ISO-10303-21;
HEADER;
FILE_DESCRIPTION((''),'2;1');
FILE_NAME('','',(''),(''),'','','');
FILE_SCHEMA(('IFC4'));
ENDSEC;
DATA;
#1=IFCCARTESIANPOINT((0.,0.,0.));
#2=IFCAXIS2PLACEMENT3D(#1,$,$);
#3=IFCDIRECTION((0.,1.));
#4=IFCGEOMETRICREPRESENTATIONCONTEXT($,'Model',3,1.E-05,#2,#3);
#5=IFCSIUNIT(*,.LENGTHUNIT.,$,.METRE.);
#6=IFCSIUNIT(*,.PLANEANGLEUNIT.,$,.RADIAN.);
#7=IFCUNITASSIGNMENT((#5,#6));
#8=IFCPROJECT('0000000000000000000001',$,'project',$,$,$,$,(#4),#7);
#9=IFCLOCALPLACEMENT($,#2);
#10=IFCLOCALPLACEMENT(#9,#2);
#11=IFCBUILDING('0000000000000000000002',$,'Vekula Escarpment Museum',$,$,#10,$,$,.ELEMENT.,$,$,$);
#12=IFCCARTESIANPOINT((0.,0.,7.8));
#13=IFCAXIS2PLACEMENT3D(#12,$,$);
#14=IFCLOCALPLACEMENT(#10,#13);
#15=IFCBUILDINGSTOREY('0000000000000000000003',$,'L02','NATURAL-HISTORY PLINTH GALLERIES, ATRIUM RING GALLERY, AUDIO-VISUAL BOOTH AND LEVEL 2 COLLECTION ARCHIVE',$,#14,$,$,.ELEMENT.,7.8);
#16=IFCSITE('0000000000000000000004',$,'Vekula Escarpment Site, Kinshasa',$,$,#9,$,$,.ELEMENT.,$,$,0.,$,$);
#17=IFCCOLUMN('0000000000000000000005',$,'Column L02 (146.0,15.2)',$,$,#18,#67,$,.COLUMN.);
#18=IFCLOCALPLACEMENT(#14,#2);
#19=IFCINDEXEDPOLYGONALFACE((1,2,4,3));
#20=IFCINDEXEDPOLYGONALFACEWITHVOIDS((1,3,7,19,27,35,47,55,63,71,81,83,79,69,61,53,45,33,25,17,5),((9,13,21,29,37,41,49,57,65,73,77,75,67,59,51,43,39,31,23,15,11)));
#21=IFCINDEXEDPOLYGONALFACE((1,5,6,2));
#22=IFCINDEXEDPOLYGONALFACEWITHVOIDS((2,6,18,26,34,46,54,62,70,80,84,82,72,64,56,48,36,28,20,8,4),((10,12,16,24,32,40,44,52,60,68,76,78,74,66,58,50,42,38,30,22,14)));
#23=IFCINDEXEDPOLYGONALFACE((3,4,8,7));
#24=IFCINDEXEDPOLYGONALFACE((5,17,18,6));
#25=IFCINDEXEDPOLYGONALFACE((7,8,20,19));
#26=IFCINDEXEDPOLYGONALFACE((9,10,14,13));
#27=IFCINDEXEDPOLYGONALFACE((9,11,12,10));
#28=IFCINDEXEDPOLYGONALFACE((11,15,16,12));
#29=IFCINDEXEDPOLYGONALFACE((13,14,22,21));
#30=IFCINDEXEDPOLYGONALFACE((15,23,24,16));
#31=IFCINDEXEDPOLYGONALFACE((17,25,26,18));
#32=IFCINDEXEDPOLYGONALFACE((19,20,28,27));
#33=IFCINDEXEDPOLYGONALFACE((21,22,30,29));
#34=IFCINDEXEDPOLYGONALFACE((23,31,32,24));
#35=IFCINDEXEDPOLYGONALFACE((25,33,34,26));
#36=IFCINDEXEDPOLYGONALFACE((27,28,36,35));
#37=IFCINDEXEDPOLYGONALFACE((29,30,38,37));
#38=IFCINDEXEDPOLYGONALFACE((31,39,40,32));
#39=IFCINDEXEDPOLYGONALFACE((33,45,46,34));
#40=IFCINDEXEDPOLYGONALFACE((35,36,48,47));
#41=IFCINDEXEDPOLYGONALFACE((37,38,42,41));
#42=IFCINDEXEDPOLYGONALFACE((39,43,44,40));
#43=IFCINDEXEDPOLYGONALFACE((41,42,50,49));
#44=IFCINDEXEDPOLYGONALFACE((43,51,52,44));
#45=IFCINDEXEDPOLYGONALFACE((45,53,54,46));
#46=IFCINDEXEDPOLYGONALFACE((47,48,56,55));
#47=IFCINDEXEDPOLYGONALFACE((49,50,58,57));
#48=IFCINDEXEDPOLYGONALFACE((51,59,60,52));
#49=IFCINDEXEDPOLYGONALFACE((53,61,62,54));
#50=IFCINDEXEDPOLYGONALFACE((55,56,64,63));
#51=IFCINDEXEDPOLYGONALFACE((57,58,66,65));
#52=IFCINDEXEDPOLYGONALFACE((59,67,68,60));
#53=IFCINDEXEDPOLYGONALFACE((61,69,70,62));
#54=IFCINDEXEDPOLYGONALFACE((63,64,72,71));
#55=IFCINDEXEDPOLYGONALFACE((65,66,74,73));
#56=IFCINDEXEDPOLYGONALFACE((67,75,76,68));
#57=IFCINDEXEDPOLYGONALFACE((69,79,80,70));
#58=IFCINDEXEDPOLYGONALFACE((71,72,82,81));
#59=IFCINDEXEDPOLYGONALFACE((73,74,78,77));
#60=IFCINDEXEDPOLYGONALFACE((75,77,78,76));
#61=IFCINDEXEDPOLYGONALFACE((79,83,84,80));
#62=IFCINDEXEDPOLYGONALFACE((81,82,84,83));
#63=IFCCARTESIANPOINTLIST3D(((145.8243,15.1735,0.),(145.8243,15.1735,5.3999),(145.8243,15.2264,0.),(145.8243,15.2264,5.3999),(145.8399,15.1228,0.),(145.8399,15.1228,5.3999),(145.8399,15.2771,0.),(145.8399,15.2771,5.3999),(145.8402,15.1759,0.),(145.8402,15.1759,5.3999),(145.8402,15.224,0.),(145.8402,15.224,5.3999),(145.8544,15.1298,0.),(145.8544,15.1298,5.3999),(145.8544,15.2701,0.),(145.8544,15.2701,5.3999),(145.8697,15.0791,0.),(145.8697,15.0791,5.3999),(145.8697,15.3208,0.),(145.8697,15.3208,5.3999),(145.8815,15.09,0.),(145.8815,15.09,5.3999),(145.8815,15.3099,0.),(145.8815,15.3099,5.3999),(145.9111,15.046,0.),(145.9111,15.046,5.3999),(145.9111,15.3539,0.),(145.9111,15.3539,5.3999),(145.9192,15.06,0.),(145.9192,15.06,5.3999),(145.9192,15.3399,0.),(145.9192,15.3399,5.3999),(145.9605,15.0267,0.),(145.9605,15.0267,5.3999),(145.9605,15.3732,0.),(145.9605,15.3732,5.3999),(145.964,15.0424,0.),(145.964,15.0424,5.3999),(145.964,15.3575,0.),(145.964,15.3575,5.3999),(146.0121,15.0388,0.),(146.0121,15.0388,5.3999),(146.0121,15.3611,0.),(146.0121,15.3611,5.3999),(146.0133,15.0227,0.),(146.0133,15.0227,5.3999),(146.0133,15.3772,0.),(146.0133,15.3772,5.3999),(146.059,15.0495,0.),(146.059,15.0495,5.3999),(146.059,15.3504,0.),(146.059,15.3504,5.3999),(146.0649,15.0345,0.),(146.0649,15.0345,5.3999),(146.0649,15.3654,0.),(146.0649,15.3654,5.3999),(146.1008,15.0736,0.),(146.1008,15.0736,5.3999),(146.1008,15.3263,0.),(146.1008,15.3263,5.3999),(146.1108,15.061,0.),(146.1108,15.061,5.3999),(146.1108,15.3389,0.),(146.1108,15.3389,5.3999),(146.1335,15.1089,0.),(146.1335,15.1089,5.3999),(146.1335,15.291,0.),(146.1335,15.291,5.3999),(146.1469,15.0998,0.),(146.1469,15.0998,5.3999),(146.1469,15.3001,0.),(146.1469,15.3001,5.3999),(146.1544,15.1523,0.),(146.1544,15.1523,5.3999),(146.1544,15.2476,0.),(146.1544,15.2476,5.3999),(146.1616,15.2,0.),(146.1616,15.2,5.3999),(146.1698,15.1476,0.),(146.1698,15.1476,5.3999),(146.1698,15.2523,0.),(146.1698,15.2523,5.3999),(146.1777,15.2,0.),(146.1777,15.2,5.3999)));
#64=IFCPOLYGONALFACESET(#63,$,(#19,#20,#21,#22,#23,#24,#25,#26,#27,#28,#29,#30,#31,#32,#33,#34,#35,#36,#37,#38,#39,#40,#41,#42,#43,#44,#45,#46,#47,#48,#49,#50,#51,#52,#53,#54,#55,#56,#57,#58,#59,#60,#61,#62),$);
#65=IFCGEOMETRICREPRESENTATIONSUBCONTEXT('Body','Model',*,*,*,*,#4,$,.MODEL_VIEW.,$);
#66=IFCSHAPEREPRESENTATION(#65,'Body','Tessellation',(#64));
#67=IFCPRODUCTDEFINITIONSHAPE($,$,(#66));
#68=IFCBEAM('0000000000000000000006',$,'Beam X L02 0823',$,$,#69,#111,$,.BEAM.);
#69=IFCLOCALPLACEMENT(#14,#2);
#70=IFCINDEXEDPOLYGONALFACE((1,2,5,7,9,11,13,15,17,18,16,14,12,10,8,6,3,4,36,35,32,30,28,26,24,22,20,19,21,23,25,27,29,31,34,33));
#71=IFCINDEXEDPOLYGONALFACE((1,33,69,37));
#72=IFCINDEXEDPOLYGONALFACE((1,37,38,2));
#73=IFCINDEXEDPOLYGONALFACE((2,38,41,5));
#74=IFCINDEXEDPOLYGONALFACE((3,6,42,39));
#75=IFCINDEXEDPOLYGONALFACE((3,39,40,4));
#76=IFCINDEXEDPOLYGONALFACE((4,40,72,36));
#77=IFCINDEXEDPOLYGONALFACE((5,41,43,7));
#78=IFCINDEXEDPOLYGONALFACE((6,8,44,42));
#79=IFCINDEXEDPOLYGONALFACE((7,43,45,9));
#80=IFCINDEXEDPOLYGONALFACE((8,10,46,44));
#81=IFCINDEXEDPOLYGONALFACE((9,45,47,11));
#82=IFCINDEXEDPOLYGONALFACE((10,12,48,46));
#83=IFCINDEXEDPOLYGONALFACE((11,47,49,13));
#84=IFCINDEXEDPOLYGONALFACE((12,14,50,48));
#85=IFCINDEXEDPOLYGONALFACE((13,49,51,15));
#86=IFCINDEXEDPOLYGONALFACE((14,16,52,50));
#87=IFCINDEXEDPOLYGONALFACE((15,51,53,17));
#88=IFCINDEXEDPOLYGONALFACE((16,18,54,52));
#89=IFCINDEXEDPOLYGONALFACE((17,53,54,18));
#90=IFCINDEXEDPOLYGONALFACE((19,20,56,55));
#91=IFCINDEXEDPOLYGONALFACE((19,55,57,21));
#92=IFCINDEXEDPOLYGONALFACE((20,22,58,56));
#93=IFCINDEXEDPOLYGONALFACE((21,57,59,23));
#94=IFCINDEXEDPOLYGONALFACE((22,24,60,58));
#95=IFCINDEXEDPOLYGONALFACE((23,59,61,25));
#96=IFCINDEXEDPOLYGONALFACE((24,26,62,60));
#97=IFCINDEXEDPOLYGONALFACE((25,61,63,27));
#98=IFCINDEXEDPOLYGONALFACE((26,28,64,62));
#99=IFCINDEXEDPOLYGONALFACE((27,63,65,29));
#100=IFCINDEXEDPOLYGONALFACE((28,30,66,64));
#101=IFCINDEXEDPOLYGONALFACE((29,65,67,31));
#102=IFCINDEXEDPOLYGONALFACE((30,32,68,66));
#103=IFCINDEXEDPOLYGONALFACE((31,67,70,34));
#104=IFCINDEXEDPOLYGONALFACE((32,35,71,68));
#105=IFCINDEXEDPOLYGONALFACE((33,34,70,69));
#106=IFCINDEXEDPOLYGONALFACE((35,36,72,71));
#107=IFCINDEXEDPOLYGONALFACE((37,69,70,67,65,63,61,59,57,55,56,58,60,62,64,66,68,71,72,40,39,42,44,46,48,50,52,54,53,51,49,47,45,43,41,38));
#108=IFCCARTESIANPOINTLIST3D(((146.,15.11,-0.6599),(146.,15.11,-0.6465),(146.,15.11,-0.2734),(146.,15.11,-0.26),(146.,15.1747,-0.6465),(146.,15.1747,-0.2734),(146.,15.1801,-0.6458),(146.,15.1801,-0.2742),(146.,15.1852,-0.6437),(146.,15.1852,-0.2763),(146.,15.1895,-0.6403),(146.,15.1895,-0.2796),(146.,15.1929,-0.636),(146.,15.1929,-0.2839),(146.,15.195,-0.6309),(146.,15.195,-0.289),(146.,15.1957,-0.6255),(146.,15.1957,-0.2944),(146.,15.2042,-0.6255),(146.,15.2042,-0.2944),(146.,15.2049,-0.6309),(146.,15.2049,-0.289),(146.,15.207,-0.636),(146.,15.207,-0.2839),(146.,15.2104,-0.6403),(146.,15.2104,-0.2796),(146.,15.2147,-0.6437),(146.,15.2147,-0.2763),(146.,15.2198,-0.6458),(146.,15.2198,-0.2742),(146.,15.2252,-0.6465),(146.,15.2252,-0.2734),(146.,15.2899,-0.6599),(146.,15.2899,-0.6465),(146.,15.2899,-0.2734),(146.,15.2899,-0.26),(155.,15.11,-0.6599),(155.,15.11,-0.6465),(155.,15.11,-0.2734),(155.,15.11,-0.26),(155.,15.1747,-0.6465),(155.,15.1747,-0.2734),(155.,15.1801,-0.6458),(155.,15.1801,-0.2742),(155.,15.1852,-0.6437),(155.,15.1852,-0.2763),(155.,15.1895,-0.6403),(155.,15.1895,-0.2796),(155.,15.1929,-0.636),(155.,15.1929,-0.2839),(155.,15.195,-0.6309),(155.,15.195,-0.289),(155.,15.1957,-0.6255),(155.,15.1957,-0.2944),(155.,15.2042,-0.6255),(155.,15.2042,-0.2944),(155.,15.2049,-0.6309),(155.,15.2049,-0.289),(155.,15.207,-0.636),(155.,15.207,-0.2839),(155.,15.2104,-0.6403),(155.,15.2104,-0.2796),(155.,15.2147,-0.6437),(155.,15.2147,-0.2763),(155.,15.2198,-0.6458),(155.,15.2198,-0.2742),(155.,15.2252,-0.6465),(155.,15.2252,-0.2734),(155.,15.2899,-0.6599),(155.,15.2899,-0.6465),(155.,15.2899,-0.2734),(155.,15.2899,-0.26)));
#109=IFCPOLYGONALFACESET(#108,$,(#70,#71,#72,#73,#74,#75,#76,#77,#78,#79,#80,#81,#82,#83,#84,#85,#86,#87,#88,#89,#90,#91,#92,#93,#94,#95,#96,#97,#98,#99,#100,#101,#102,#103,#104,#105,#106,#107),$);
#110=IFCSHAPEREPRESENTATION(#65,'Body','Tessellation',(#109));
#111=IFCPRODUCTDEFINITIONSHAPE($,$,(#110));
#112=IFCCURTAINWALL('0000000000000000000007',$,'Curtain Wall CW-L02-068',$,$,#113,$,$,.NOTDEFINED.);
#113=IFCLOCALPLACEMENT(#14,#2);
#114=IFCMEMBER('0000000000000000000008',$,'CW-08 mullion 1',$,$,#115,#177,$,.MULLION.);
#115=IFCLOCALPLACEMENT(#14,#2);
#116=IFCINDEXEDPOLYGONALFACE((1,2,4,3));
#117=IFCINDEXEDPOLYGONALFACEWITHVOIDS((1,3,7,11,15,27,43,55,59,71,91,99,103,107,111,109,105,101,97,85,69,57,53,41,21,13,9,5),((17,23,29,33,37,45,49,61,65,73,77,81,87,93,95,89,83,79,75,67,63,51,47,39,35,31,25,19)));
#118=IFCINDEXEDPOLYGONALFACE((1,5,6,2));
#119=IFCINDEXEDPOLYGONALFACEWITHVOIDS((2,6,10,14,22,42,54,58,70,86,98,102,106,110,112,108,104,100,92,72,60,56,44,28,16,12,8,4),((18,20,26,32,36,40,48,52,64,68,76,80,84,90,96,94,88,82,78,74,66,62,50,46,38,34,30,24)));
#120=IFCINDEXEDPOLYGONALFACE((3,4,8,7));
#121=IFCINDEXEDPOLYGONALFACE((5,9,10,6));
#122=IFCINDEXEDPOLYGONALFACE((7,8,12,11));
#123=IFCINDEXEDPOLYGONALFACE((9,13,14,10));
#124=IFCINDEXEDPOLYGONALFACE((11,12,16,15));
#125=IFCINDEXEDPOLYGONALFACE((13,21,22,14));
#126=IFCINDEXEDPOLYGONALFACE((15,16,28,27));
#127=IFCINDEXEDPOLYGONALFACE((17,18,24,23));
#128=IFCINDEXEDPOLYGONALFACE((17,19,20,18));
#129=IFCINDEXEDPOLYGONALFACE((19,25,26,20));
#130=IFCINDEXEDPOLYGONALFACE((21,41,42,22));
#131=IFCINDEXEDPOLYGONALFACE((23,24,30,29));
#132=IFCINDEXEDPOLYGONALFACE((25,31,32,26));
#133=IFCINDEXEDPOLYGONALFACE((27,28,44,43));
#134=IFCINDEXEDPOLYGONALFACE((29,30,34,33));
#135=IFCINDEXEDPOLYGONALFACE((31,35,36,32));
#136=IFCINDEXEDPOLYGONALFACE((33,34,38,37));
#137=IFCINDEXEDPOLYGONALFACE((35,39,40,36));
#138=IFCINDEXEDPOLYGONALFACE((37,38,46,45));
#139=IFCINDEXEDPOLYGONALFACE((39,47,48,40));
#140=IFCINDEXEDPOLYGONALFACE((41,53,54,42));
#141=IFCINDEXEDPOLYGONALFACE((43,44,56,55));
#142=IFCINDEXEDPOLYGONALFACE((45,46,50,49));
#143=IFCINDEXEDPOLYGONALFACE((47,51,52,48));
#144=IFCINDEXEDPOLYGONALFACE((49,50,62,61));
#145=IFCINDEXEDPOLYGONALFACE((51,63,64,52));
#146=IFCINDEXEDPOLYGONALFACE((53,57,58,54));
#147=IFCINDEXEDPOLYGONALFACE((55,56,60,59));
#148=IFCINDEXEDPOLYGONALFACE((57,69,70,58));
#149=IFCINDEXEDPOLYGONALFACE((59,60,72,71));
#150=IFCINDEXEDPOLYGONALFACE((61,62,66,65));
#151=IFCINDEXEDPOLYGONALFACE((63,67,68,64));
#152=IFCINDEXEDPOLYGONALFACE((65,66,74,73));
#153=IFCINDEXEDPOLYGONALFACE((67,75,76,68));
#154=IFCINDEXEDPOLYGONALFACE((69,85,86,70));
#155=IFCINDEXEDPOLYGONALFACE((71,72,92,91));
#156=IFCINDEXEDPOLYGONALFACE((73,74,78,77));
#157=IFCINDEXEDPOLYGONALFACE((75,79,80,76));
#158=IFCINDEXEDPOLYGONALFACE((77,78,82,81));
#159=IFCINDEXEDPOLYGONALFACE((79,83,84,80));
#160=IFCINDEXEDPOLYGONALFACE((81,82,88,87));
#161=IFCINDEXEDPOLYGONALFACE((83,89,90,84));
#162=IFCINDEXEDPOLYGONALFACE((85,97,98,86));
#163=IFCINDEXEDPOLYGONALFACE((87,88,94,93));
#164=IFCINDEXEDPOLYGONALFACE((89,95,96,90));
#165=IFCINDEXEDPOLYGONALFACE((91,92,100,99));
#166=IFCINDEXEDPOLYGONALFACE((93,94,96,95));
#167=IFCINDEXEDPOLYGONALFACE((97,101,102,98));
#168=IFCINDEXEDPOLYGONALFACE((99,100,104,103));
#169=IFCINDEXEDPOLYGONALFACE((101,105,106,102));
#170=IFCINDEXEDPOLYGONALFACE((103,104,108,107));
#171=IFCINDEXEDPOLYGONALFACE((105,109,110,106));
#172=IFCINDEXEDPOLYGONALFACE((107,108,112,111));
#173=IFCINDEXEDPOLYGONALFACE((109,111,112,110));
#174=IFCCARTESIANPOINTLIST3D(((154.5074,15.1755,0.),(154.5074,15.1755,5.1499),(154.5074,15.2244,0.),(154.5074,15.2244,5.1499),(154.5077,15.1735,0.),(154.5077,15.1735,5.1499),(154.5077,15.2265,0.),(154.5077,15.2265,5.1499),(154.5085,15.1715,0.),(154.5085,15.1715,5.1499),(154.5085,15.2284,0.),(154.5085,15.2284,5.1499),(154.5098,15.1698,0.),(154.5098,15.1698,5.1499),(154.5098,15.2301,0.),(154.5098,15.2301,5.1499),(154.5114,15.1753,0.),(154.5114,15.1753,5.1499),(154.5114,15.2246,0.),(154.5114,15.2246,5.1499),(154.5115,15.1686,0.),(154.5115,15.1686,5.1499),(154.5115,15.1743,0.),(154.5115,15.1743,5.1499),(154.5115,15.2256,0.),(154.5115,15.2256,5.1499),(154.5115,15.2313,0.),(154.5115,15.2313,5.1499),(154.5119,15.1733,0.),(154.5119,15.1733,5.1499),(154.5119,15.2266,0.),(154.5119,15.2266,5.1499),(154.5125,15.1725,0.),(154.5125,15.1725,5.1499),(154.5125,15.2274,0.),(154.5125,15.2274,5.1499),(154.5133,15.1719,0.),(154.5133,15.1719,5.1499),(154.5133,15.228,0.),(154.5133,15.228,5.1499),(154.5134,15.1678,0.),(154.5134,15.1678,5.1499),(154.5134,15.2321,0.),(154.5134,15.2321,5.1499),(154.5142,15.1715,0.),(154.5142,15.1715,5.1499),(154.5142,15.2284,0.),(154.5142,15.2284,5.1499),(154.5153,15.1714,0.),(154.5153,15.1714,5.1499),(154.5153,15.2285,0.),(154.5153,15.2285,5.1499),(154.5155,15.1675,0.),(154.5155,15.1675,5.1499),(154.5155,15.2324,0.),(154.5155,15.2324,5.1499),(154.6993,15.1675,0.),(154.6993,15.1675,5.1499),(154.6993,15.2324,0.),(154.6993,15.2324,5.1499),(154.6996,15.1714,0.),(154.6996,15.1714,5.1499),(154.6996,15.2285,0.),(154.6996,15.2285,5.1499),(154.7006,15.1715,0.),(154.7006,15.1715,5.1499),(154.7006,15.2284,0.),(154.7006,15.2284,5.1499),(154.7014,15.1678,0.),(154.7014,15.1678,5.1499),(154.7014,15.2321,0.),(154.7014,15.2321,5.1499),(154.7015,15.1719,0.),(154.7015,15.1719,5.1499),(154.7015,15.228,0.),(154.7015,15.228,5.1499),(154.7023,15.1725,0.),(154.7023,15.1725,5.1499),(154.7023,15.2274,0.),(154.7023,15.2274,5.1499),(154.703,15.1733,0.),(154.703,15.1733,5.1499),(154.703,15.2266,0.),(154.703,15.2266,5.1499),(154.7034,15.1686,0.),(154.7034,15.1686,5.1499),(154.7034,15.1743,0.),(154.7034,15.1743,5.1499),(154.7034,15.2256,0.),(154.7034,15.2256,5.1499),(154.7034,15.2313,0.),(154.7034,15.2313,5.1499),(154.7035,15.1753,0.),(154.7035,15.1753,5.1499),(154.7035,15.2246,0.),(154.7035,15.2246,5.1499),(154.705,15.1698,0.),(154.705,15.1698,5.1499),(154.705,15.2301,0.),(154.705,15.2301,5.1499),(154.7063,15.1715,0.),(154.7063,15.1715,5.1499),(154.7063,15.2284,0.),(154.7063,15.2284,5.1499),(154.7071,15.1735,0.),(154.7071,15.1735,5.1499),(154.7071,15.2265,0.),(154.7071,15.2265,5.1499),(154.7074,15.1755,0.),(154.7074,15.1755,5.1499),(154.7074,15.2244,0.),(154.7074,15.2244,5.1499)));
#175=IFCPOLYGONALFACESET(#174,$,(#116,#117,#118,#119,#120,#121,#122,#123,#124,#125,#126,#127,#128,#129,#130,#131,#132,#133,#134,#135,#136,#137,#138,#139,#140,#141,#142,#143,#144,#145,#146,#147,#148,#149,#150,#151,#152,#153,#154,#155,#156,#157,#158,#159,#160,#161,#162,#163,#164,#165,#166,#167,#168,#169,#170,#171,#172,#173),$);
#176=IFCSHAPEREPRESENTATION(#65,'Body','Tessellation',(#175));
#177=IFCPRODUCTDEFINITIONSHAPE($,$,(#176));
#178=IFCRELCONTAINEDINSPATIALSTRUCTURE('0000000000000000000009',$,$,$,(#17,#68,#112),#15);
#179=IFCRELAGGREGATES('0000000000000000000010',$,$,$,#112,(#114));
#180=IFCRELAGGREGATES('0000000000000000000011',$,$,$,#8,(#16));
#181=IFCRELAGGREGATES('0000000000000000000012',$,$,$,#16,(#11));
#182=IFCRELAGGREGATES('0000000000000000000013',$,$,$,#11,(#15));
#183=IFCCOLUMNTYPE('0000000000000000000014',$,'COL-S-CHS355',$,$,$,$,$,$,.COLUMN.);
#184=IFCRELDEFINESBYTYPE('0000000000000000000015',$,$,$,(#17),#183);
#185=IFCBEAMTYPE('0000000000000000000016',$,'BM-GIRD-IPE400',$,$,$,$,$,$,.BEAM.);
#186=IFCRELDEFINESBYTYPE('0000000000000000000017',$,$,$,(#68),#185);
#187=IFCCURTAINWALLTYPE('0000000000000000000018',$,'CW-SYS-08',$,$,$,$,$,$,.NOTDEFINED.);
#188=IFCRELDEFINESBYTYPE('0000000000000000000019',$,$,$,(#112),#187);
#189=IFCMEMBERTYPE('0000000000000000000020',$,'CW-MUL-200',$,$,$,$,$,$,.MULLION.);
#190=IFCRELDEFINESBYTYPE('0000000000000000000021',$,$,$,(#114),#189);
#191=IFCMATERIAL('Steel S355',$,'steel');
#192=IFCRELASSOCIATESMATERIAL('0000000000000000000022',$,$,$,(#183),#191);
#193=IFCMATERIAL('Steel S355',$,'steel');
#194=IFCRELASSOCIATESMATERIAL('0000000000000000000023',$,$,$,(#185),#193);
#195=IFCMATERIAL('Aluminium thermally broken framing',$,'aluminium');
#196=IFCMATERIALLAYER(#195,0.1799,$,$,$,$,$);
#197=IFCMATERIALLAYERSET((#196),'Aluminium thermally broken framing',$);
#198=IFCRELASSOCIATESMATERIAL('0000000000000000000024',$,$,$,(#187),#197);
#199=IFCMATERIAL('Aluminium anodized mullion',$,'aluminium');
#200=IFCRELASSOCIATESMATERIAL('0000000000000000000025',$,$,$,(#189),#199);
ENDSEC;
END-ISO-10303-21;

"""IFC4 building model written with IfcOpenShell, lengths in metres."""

from ifc_helpers import new_model, si_unit, direction, frame, origin, origin_2d, place, context, subcontext, project, spatial, hollow_rectangle, hollow_circle, i_section, extrude, material, layer, layer_set, material_profile, profile_set, type_object, element, aggregate, save


model = new_model("IFC4")

# Units and contexts
model_context = context("Model", 3, precision=1e-05, world=origin(), true_north=direction((0.0, 1.0)))
body_context = subcontext(model_context, "Body", "Model", "MODEL_VIEW")
ifc_project = project(units=[si_unit("LENGTHUNIT", "METRE"), si_unit("PLANEANGLEUNIT", "RADIAN")], contexts=[model_context])

# Site, building, storey
site_placement = place(None, origin())
site = spatial("IfcSite", under=ifc_project, at=site_placement, Name="Vekula Escarpment Site, Kinshasa", CompositionType="ELEMENT", RefElevation=0.0)
building_placement = place(site_placement, origin())
building = spatial("IfcBuilding", under=site, at=building_placement, Name="Vekula Escarpment Museum", CompositionType="ELEMENT")
storey_placement = place(building_placement, frame((0.0, 0.0, 7.8)))
storey = spatial("IfcBuildingStorey", under=building, at=storey_placement, Name="L02", Description="NATURAL-HISTORY PLINTH GALLERIES, ATRIUM RING GALLERY, AUDIO-VISUAL BOOTH AND LEVEL 2 COLLECTION ARCHIVE", CompositionType="ELEMENT", Elevation=7.8)

# Column
ifc_material_1 = material(Name="Steel S355", Category="steel")
ifc_material_profile_1 = material_profile(ifc_material_1, hollow_circle(Radius=0.1777, WallThickness=0.0161, at=origin_2d()), Name="CHS 355.6x16")
ifc_profile_set_1 = profile_set([ifc_material_profile_1], Name="Steel S355")
column_type = type_object("IfcColumnType", Name="COL-S-CHS355", PredefinedType="COLUMN", material=ifc_profile_set_1)
column_placement = place(storey_placement, frame((146.0, 15.2, 0.0), z_axis=(0.0, 0.0, 1.0), x_axis=(1.0, 0.0, 0.0)))
element("IfcColumn", 1, at=column_placement, inside=storey, type_object=column_type, Name="Column L02 (146.0,15.2)", PredefinedType="COLUMN", context=body_context, shape_type="SweptSolid", body=[
    extrude(hollow_circle(Radius=0.1777, WallThickness=0.0161, at=origin_2d()), origin(), (0.0, 0.0, 1.0), 5.3999),
])

# Beam
ifc_material_2 = material(Name="Steel S355", Category="steel")
ifc_material_profile_2 = material_profile(ifc_material_2, i_section(OverallWidth=0.1799, OverallDepth=0.3999, WebThickness=0.0085, FlangeThickness=0.0134, FilletRadius=0.021, at=origin_2d()), Name="IPE 400")
ifc_profile_set_2 = profile_set([ifc_material_profile_2], Name="Steel S355")
beam_type = type_object("IfcBeamType", Name="BM-GIRD-IPE400", PredefinedType="BEAM", material=ifc_profile_set_2)
beam_placement = place(storey_placement, frame((146.0, 15.2, -0.46), z_axis=(1.0, 0.0, 0.0), x_axis=(0.0, 1.0, 0.0)))
element("IfcBeam", 2, at=beam_placement, inside=storey, type_object=beam_type, Name="Beam X L02 0823", PredefinedType="BEAM", context=body_context, shape_type="SweptSolid", body=[
    extrude(i_section(OverallWidth=0.1799, OverallDepth=0.3999, WebThickness=0.0085, FlangeThickness=0.0134, FilletRadius=0.021, at=origin_2d()), origin(), (0.0, 0.0, 1.0), 9.0),
])

# Curtain wall, member
ifc_material_3 = material(Name="Aluminium thermally broken framing", Category="aluminium")
ifc_layer_1 = layer(ifc_material_3, 0.1799)
ifc_layer_set_1 = layer_set([ifc_layer_1], Name="Aluminium thermally broken framing")
curtain_wall_type = type_object("IfcCurtainWallType", Name="CW-SYS-08", PredefinedType="NOTDEFINED", material=ifc_layer_set_1)
curtain_wall_placement = place(storey_placement, origin())
curtain_wall = element("IfcCurtainWall", 3, at=curtain_wall_placement, inside=storey, type_object=curtain_wall_type, Name="Curtain Wall CW-L02-068", PredefinedType="NOTDEFINED")
ifc_material_4 = material(Name="Aluminium anodized mullion", Category="aluminium")
ifc_material_profile_3 = material_profile(ifc_material_4, hollow_rectangle(XDim=0.0649, YDim=0.2, WallThickness=0.0039, InnerFilletRadius=0.0039, OuterFilletRadius=0.0081, at=origin_2d()), Name="ALU 200x65x4")
ifc_profile_set_3 = profile_set([ifc_material_profile_3], Name="Aluminium anodized mullion")
member_type_1 = type_object("IfcMemberType", Name="CW-MUL-200", PredefinedType="MULLION", material=ifc_profile_set_3)
member_1_placement = place(storey_placement, frame((154.6074, 15.2, 0.0), z_axis=(0.0, 0.0, 1.0), x_axis=(0.0, -1.0, 0.0)))
member_1 = element("IfcMember", 4, at=member_1_placement, type_object=member_type_1, Name="CW-08 mullion 1", PredefinedType="MULLION", context=body_context, shape_type="SweptSolid", body=[
    extrude(hollow_rectangle(XDim=0.0649, YDim=0.2, WallThickness=0.0039, InnerFilletRadius=0.0039, OuterFilletRadius=0.0081, at=origin_2d()), origin(), (0.0, 0.0, 1.0), 5.1499),
])
aggregate(curtain_wall, [member_1])

save(model, "model.ifc")
